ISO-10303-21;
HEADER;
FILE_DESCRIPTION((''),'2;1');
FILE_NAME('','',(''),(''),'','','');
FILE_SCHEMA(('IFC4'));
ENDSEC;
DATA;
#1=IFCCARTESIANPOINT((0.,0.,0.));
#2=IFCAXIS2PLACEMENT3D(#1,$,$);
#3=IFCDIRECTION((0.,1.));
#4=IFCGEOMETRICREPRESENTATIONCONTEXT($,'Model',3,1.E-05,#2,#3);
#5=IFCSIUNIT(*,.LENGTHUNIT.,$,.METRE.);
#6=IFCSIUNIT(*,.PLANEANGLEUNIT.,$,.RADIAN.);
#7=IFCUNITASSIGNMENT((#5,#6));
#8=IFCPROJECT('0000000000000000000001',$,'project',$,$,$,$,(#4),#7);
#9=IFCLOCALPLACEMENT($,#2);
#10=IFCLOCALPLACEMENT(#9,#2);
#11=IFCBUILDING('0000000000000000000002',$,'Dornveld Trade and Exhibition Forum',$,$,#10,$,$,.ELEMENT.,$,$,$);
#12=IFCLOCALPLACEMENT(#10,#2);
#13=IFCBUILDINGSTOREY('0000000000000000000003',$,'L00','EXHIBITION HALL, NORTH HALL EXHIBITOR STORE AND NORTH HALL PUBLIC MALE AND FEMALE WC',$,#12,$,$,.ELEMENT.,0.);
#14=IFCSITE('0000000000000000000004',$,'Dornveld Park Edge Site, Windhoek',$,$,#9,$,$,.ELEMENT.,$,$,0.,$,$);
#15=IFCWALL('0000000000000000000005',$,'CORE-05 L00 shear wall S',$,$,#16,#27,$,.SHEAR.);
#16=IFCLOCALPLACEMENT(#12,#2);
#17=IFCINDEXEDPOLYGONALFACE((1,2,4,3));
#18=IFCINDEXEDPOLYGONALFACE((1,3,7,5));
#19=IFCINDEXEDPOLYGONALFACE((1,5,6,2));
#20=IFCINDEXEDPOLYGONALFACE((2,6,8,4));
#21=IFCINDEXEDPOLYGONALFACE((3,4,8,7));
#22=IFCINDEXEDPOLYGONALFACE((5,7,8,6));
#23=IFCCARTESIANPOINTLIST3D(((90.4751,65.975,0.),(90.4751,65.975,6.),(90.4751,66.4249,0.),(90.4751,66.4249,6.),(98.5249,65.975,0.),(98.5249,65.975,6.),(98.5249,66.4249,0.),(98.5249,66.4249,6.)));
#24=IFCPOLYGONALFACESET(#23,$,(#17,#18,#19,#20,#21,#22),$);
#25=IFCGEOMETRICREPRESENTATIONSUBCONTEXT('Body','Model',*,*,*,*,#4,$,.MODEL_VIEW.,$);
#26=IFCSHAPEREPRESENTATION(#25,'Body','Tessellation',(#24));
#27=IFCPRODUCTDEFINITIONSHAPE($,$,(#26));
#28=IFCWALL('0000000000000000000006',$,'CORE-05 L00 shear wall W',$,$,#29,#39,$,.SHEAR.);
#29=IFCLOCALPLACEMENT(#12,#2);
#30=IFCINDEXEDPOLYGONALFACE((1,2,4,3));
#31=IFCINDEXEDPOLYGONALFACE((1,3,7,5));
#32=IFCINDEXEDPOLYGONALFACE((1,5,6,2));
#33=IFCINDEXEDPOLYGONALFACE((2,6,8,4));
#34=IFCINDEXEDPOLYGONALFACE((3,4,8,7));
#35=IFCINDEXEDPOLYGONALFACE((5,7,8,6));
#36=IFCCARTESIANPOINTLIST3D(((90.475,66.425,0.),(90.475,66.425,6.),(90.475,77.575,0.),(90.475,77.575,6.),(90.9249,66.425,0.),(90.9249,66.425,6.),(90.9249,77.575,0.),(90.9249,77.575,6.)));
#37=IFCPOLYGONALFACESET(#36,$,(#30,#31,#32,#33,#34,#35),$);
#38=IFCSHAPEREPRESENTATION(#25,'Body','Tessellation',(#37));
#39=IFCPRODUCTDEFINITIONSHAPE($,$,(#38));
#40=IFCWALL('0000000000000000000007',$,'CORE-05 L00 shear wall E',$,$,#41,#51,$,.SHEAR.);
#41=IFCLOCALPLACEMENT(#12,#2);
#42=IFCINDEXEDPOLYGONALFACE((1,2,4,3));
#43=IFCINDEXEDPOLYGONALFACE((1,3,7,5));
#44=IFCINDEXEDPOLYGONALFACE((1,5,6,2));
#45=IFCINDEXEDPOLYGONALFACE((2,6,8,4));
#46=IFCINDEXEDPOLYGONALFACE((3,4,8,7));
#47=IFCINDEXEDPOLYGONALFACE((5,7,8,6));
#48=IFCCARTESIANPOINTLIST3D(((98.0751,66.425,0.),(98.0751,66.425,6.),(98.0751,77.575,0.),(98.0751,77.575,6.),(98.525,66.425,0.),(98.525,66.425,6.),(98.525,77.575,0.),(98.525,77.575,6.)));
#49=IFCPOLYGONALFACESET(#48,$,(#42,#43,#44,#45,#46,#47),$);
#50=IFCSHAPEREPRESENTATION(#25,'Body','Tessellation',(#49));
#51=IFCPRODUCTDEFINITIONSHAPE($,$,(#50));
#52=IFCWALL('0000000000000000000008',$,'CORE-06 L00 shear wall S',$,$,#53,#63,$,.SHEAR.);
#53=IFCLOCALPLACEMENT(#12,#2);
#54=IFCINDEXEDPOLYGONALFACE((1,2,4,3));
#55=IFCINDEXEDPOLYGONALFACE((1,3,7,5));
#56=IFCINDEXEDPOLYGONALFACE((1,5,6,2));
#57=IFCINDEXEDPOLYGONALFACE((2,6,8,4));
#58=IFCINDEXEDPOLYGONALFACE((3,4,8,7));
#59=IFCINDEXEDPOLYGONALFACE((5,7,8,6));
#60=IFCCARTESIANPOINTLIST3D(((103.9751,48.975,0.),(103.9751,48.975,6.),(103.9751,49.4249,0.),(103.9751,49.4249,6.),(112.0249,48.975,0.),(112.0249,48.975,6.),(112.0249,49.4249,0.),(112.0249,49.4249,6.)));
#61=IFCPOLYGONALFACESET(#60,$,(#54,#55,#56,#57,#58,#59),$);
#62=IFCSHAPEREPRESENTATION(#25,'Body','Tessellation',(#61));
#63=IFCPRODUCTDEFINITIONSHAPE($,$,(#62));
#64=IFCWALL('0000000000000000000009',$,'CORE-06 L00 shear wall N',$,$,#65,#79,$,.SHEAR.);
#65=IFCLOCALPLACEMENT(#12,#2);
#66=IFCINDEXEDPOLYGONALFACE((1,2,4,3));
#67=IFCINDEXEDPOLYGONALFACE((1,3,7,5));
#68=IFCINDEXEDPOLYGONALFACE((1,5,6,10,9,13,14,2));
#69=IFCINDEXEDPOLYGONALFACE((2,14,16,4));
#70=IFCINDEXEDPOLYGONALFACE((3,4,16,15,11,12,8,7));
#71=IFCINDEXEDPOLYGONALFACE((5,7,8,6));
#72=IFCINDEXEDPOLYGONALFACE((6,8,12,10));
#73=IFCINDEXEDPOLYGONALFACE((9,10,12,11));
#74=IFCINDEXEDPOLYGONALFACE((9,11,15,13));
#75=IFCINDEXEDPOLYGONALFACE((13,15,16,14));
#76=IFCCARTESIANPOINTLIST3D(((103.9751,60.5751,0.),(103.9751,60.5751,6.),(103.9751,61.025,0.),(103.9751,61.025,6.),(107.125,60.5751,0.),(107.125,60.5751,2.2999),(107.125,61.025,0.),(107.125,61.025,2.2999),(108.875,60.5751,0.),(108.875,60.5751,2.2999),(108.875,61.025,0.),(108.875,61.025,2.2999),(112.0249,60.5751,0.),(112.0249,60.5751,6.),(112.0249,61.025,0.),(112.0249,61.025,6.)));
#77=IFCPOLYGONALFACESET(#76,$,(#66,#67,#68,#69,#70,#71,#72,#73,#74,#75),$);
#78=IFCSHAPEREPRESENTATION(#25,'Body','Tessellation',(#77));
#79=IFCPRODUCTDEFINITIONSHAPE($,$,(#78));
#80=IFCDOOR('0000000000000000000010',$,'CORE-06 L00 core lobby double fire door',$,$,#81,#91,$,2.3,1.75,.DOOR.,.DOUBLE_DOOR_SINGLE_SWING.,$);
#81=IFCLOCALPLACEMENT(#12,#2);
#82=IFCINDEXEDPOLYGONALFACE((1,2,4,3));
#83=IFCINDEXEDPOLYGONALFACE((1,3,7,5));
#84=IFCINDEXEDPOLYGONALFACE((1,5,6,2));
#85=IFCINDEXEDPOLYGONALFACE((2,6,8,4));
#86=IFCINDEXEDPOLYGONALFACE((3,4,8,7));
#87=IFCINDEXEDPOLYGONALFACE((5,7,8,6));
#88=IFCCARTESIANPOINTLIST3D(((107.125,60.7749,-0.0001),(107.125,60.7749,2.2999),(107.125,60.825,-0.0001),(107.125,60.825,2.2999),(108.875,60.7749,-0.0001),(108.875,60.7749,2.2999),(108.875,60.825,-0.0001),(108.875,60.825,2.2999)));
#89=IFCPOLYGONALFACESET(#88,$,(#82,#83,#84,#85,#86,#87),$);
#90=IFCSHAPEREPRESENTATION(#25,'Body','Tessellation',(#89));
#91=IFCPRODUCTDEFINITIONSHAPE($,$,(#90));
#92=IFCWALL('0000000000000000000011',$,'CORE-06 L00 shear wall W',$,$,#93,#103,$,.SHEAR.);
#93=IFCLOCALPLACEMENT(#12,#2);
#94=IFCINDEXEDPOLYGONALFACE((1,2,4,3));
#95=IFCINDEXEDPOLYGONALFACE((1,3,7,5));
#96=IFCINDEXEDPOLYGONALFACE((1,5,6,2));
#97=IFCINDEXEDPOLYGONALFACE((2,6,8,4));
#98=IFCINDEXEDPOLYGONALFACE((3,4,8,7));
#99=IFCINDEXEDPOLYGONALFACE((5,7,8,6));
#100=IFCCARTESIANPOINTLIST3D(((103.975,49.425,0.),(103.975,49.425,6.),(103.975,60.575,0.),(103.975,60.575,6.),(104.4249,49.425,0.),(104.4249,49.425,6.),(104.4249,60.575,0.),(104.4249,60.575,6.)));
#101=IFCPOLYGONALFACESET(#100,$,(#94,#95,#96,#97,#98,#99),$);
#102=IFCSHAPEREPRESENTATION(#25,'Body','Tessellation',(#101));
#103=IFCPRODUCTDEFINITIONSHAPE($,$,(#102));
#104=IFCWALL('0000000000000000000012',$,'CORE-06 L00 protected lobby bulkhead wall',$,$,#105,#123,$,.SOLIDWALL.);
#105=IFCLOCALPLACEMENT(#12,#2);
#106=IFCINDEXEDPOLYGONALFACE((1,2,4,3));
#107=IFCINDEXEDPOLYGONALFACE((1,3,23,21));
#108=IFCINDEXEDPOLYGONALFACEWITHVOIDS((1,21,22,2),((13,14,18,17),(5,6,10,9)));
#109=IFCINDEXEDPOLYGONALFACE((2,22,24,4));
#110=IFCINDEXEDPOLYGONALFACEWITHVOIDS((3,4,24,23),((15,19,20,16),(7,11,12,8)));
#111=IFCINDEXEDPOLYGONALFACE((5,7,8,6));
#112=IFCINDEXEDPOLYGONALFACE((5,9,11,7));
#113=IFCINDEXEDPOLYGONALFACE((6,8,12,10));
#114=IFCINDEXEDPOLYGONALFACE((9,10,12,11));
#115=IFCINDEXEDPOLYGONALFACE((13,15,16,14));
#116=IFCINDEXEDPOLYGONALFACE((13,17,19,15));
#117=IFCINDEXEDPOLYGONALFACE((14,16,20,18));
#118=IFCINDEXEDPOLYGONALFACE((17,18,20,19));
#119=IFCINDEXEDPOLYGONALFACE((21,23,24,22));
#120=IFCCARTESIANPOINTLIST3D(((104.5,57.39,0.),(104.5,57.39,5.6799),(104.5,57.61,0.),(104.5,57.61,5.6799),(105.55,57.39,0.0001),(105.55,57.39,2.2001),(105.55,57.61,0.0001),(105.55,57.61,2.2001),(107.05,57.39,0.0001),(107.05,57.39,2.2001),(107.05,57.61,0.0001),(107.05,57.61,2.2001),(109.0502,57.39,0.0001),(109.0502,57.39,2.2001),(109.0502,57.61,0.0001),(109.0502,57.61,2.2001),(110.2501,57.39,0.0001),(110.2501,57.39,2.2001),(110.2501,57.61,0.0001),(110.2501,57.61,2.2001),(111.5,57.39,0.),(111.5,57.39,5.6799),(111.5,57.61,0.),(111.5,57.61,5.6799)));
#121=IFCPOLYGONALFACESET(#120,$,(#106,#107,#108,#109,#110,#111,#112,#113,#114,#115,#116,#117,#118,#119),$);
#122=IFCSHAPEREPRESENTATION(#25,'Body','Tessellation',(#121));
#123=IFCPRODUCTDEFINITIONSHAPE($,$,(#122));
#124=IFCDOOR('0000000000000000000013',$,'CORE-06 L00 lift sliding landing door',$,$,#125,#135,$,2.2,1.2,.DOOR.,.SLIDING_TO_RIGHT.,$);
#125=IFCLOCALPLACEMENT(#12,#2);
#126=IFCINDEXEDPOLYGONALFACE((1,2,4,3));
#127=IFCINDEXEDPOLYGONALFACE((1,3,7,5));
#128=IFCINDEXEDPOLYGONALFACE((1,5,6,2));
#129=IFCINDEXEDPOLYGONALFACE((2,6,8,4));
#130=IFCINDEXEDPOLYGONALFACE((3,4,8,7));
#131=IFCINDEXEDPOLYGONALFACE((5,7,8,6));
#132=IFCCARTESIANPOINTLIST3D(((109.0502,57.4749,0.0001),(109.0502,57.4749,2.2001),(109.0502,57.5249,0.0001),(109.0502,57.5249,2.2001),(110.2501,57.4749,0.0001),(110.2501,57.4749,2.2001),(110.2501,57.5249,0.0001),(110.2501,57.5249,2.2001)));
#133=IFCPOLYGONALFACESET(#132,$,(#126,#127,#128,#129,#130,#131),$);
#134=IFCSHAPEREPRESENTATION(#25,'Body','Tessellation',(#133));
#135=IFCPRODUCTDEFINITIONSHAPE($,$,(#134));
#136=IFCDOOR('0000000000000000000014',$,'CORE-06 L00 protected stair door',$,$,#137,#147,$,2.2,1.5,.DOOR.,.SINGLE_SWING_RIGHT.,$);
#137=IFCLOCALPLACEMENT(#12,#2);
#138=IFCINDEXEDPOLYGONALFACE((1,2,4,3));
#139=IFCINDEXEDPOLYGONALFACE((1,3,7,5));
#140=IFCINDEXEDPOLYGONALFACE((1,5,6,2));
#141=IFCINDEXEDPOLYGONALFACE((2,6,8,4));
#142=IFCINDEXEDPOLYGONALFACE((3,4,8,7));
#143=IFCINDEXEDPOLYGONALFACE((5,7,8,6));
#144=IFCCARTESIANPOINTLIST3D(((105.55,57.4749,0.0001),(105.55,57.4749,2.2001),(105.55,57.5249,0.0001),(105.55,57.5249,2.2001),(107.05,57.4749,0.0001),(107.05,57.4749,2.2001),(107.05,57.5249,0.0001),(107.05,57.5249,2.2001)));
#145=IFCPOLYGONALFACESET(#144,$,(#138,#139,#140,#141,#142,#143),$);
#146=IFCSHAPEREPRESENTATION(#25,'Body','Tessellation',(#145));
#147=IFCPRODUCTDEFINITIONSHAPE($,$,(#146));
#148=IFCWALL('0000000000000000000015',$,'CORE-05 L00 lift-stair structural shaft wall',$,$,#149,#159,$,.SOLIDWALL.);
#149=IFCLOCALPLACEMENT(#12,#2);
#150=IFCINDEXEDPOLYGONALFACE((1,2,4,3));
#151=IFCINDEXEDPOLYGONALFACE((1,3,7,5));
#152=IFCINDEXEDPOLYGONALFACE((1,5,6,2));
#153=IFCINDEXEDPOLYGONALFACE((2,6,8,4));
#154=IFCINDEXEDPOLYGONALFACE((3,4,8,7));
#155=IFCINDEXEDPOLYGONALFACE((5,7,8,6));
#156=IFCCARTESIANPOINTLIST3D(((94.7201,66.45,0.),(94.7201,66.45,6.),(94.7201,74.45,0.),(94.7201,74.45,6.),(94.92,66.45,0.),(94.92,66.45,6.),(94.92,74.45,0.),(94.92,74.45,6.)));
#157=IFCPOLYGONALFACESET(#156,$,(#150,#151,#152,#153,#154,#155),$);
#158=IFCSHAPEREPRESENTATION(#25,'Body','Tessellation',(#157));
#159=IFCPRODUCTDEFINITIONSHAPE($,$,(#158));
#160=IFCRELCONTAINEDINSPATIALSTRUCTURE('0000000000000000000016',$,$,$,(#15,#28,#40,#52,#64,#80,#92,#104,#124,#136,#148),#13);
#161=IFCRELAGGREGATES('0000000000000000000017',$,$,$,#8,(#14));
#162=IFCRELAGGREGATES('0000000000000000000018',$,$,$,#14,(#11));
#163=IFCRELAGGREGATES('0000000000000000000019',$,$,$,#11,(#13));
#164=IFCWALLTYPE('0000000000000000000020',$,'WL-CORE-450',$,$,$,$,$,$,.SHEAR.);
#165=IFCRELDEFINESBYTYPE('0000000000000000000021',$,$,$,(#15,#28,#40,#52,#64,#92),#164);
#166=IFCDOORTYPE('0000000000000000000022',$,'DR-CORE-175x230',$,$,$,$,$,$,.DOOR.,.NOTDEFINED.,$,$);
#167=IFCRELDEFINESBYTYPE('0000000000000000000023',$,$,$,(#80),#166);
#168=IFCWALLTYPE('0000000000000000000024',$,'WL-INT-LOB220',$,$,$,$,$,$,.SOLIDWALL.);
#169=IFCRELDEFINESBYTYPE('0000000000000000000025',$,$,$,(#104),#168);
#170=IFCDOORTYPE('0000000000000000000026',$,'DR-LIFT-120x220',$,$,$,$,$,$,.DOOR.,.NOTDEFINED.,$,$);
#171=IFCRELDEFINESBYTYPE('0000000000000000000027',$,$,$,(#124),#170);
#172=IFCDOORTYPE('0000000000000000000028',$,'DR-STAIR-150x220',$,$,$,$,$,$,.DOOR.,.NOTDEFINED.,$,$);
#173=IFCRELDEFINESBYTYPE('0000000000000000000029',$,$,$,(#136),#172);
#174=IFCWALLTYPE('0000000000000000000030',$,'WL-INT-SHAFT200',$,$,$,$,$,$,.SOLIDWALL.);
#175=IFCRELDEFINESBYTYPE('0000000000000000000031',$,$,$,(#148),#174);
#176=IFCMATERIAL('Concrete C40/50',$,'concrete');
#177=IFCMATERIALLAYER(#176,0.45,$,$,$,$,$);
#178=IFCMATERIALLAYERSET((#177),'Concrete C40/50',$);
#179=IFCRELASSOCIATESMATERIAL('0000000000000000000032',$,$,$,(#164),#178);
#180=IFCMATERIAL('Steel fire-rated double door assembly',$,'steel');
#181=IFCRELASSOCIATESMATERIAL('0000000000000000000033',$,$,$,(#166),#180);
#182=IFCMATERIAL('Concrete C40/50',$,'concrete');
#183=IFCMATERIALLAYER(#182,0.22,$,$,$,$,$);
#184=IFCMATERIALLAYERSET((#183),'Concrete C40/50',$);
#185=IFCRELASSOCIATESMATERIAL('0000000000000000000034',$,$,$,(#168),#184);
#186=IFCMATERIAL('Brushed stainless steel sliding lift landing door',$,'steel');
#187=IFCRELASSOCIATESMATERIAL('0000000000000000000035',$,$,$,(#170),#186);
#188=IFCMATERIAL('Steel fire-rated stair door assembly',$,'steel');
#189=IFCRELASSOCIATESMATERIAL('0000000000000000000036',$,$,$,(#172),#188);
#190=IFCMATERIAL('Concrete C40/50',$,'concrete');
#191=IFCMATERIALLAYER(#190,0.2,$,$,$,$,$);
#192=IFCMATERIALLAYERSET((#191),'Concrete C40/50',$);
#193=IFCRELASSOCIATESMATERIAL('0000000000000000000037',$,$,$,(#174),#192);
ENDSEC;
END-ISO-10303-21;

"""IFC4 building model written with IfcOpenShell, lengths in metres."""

from ifc_helpers import new_model, si_unit, direction, frame, frame_2d, origin, place, context, subcontext, project, spatial, rectangle, extrude, material, layer, layer_set, type_object, element, fill, save


model = new_model("IFC4")

# Units and contexts
model_context = context("Model", 3, precision=1e-05, world=origin(), true_north=direction((0.0, 1.0)))
body_context = subcontext(model_context, "Body", "Model", "MODEL_VIEW")
ifc_project = project(units=[si_unit("LENGTHUNIT", "METRE"), si_unit("PLANEANGLEUNIT", "RADIAN")], contexts=[model_context])

# Site, building, storey
site_placement = place(None, origin())
site = spatial("IfcSite", under=ifc_project, at=site_placement, Name="Dornveld Park Edge Site, Windhoek", CompositionType="ELEMENT", RefElevation=0.0)
building_placement = place(site_placement, origin())
building = spatial("IfcBuilding", under=site, at=building_placement, Name="Dornveld Trade and Exhibition Forum", CompositionType="ELEMENT")
storey_placement = place(building_placement, origin())
storey = spatial("IfcBuildingStorey", under=building, at=storey_placement, Name="L00", Description="EXHIBITION HALL, NORTH HALL EXHIBITOR STORE AND NORTH HALL PUBLIC MALE AND FEMALE WC", CompositionType="ELEMENT", Elevation=0.0)

# Walls
ifc_material_1 = material(Name="Concrete C40/50", Category="concrete")
ifc_layer_1 = layer(ifc_material_1, 0.45)
ifc_layer_set_1 = layer_set([ifc_layer_1], Name="Concrete C40/50")
wall_type_1 = type_object("IfcWallType", Name="WL-CORE-450", PredefinedType="SHEAR", material=ifc_layer_set_1)
wall_1_placement = place(storey_placement, frame((90.4751, 66.2, 0.0), z_axis=(0.0, 0.0, 1.0), x_axis=(1.0, 0.0, 0.0)))
element("IfcWall", 1, at=wall_1_placement, inside=storey, type_object=wall_type_1, Name="CORE-05 L00 shear wall S", PredefinedType="SHEAR", context=body_context, shape_type="SweptSolid", body=[
    extrude(rectangle(XDim=8.0498, YDim=0.45, at=frame_2d((4.0249, 0.0))), origin(), (0.0, 0.0, 1.0), 6.0),
])
for number, where, z_axis, x_axis, name in (
    (2, (90.7, 66.425, 0.0), (0.0, 0.0, 1.0), (0.0, 1.0, 0.0), "CORE-05 L00 shear wall W"),
    (3, (98.3, 66.425, 0.0), (0.0, 0.0, 1.0), (0.0, 1.0, 0.0), "CORE-05 L00 shear wall E"),
):
    element("IfcWall", number, at=place(storey_placement, frame(where, z_axis=z_axis, x_axis=x_axis)), inside=storey, type_object=wall_type_1, Name=name, PredefinedType="SHEAR", context=body_context, shape_type="SweptSolid", body=[
        extrude(rectangle(XDim=11.1499, YDim=0.45, at=frame_2d((5.575, 0.0))), origin(), (0.0, 0.0, 1.0), 6.0),
    ])
wall_2_placement = place(storey_placement, frame((103.9751, 49.2, 0.0), z_axis=(0.0, 0.0, 1.0), x_axis=(1.0, 0.0, 0.0)))
element("IfcWall", 4, at=wall_2_placement, inside=storey, type_object=wall_type_1, Name="CORE-06 L00 shear wall S", PredefinedType="SHEAR", context=body_context, shape_type="SweptSolid", body=[
    extrude(rectangle(XDim=8.0498, YDim=0.45, at=frame_2d((4.0249, 0.0))), origin(), (0.0, 0.0, 1.0), 6.0),
])

# Wall, opening, door
wall_3_placement = place(storey_placement, frame((103.9751, 60.8, 0.0), z_axis=(0.0, 0.0, 1.0), x_axis=(1.0, 0.0, 0.0)))
wall_3 = element("IfcWall", 5, at=wall_3_placement, inside=storey, type_object=wall_type_1, Name="CORE-06 L00 shear wall N", PredefinedType="SHEAR", context=body_context, shape_type="SweptSolid", body=[
    extrude(rectangle(XDim=8.0498, YDim=0.45, at=frame_2d((4.0249, 0.0))), origin(), (0.0, 0.0, 1.0), 6.0),
])
opening_1_placement = place(wall_3_placement, frame((3.1499, 0.0, 0.0)))
opening_1 = element("IfcOpeningElement", 6, at=opening_1_placement, cuts=wall_3, PredefinedType="OPENING", context=body_context, shape_type="SweptSolid", body=[
    extrude(rectangle(XDim=1.75, YDim=2.3, at=frame_2d((0.875, 1.1499))), frame((0.0, 0.2349, 0.0), z_axis=(0.0, -1.0, 0.0), x_axis=(1.0, 0.0, 0.0)), (0.0, 0.0, 1.0), 0.47),
])
ifc_material_2 = material(Name="Steel fire-rated double door assembly", Category="steel")
door_type_1 = type_object("IfcDoorType", Name="DR-CORE-175x230", OperationType="NOTDEFINED", PredefinedType="DOOR", material=ifc_material_2)
door_1_placement = place(opening_1_placement, origin())
door_1 = element("IfcDoor", 7, at=door_1_placement, inside=storey, type_object=door_type_1, Name="CORE-06 L00 core lobby double fire door", OperationType="DOUBLE_DOOR_SINGLE_SWING", OverallHeight=2.3, OverallWidth=1.75, PredefinedType="DOOR", context=body_context, shape_type="SweptSolid", body=[
    extrude(rectangle(XDim=1.75, YDim=2.3, at=frame_2d((0.875, 1.1499))), frame((0.0, 0.0249, 0.0), z_axis=(0.0, -1.0, 0.0), x_axis=(1.0, 0.0, 0.0)), (0.0, 0.0, 1.0), 0.05),
])
fill(opening_1, door_1)

# Wall
wall_4_placement = place(storey_placement, frame((104.2, 49.425, 0.0), z_axis=(0.0, 0.0, 1.0), x_axis=(0.0, 1.0, 0.0)))
element("IfcWall", 8, at=wall_4_placement, inside=storey, type_object=wall_type_1, Name="CORE-06 L00 shear wall W", PredefinedType="SHEAR", context=body_context, shape_type="SweptSolid", body=[
    extrude(rectangle(XDim=11.1499, YDim=0.45, at=frame_2d((5.575, 0.0))), origin(), (0.0, 0.0, 1.0), 6.0),
])

# Wall, openings, doors
ifc_material_3 = material(Name="Concrete C40/50", Category="concrete")
ifc_layer_2 = layer(ifc_material_3, 0.22)
ifc_layer_set_2 = layer_set([ifc_layer_2], Name="Concrete C40/50")
wall_type_2 = type_object("IfcWallType", Name="WL-INT-LOB220", PredefinedType="SOLIDWALL", material=ifc_layer_set_2)
wall_5_placement = place(storey_placement, frame((104.5, 57.5, 0.0), z_axis=(0.0, 0.0, 1.0), x_axis=(1.0, 0.0, 0.0)))
wall_5 = element("IfcWall", 9, at=wall_5_placement, inside=storey, type_object=wall_type_2, Name="CORE-06 L00 protected lobby bulkhead wall", PredefinedType="SOLIDWALL", context=body_context, shape_type="SweptSolid", body=[
    extrude(rectangle(XDim=7.0, YDim=0.22, at=frame_2d((3.5, 0.0))), origin(), (0.0, 0.0, 1.0), 5.6799),
])
opening_2_placement = place(wall_5_placement, frame((1.05, 0.0, 0.0)))
opening_2 = element("IfcOpeningElement", 10, at=opening_2_placement, cuts=wall_5, PredefinedType="OPENING", context=body_context, shape_type="SweptSolid", body=[
    extrude(rectangle(XDim=1.5, YDim=2.2, at=frame_2d((0.75, 1.1001))), frame((0.0, 0.1199, 0.0), z_axis=(0.0, -1.0, 0.0), x_axis=(1.0, 0.0, 0.0)), (0.0, 0.0, 1.0), 0.24),
])
opening_3_placement = place(wall_5_placement, frame((4.55, 0.0, 0.0)))
opening_3 = element("IfcOpeningElement", 11, at=opening_3_placement, cuts=wall_5, PredefinedType="OPENING", context=body_context, shape_type="SweptSolid", body=[
    extrude(rectangle(XDim=1.2, YDim=2.2, at=frame_2d((0.6001, 1.1001))), frame((0.0, 0.1199, 0.0), z_axis=(0.0, -1.0, 0.0), x_axis=(1.0, 0.0, 0.0)), (0.0, 0.0, 1.0), 0.24),
])
ifc_material_4 = material(Name="Brushed stainless steel sliding lift landing door", Category="steel")
door_type_2 = type_object("IfcDoorType", Name="DR-LIFT-120x220", OperationType="NOTDEFINED", PredefinedType="DOOR", material=ifc_material_4)
door_2_placement = place(opening_3_placement, origin())
door_2 = element("IfcDoor", 12, at=door_2_placement, inside=storey, type_object=door_type_2, Name="CORE-06 L00 lift sliding landing door", OperationType="SLIDING_TO_RIGHT", OverallHeight=2.2, OverallWidth=1.2, PredefinedType="DOOR", context=body_context, shape_type="SweptSolid", body=[
    extrude(rectangle(XDim=1.2, YDim=2.2, at=frame_2d((0.6001, 1.1001))), frame((0.0, 0.0249, 0.0), z_axis=(0.0, -1.0, 0.0), x_axis=(1.0, 0.0, 0.0)), (0.0, 0.0, 1.0), 0.05),
])
fill(opening_3, door_2)
ifc_material_5 = material(Name="Steel fire-rated stair door assembly", Category="steel")
door_type_3 = type_object("IfcDoorType", Name="DR-STAIR-150x220", OperationType="NOTDEFINED", PredefinedType="DOOR", material=ifc_material_5)
door_3_placement = place(opening_2_placement, origin())
door_3 = element("IfcDoor", 13, at=door_3_placement, inside=storey, type_object=door_type_3, Name="CORE-06 L00 protected stair door", OperationType="SINGLE_SWING_RIGHT", OverallHeight=2.2, OverallWidth=1.5, PredefinedType="DOOR", context=body_context, shape_type="SweptSolid", body=[
    extrude(rectangle(XDim=1.5, YDim=2.2, at=frame_2d((0.75, 1.1001))), frame((0.0, 0.0249, 0.0), z_axis=(0.0, -1.0, 0.0), x_axis=(1.0, 0.0, 0.0)), (0.0, 0.0, 1.0), 0.05),
])
fill(opening_2, door_3)

# Wall
ifc_material_6 = material(Name="Concrete C40/50", Category="concrete")
ifc_layer_3 = layer(ifc_material_6, 0.2)
ifc_layer_set_3 = layer_set([ifc_layer_3], Name="Concrete C40/50")
wall_type_3 = type_object("IfcWallType", Name="WL-INT-SHAFT200", PredefinedType="SOLIDWALL", material=ifc_layer_set_3)
wall_6_placement = place(storey_placement, frame((94.8201, 66.45, 0.0), z_axis=(0.0, 0.0, 1.0), x_axis=(0.0, 1.0, 0.0)))
element("IfcWall", 14, at=wall_6_placement, inside=storey, type_object=wall_type_3, Name="CORE-05 L00 lift-stair structural shaft wall", PredefinedType="SOLIDWALL", context=body_context, shape_type="SweptSolid", body=[
    extrude(rectangle(XDim=8.0, YDim=0.2, at=frame_2d((4.0, 0.0))), origin(), (0.0, 0.0, 1.0), 6.0),
])

save(model, "model.ifc")
